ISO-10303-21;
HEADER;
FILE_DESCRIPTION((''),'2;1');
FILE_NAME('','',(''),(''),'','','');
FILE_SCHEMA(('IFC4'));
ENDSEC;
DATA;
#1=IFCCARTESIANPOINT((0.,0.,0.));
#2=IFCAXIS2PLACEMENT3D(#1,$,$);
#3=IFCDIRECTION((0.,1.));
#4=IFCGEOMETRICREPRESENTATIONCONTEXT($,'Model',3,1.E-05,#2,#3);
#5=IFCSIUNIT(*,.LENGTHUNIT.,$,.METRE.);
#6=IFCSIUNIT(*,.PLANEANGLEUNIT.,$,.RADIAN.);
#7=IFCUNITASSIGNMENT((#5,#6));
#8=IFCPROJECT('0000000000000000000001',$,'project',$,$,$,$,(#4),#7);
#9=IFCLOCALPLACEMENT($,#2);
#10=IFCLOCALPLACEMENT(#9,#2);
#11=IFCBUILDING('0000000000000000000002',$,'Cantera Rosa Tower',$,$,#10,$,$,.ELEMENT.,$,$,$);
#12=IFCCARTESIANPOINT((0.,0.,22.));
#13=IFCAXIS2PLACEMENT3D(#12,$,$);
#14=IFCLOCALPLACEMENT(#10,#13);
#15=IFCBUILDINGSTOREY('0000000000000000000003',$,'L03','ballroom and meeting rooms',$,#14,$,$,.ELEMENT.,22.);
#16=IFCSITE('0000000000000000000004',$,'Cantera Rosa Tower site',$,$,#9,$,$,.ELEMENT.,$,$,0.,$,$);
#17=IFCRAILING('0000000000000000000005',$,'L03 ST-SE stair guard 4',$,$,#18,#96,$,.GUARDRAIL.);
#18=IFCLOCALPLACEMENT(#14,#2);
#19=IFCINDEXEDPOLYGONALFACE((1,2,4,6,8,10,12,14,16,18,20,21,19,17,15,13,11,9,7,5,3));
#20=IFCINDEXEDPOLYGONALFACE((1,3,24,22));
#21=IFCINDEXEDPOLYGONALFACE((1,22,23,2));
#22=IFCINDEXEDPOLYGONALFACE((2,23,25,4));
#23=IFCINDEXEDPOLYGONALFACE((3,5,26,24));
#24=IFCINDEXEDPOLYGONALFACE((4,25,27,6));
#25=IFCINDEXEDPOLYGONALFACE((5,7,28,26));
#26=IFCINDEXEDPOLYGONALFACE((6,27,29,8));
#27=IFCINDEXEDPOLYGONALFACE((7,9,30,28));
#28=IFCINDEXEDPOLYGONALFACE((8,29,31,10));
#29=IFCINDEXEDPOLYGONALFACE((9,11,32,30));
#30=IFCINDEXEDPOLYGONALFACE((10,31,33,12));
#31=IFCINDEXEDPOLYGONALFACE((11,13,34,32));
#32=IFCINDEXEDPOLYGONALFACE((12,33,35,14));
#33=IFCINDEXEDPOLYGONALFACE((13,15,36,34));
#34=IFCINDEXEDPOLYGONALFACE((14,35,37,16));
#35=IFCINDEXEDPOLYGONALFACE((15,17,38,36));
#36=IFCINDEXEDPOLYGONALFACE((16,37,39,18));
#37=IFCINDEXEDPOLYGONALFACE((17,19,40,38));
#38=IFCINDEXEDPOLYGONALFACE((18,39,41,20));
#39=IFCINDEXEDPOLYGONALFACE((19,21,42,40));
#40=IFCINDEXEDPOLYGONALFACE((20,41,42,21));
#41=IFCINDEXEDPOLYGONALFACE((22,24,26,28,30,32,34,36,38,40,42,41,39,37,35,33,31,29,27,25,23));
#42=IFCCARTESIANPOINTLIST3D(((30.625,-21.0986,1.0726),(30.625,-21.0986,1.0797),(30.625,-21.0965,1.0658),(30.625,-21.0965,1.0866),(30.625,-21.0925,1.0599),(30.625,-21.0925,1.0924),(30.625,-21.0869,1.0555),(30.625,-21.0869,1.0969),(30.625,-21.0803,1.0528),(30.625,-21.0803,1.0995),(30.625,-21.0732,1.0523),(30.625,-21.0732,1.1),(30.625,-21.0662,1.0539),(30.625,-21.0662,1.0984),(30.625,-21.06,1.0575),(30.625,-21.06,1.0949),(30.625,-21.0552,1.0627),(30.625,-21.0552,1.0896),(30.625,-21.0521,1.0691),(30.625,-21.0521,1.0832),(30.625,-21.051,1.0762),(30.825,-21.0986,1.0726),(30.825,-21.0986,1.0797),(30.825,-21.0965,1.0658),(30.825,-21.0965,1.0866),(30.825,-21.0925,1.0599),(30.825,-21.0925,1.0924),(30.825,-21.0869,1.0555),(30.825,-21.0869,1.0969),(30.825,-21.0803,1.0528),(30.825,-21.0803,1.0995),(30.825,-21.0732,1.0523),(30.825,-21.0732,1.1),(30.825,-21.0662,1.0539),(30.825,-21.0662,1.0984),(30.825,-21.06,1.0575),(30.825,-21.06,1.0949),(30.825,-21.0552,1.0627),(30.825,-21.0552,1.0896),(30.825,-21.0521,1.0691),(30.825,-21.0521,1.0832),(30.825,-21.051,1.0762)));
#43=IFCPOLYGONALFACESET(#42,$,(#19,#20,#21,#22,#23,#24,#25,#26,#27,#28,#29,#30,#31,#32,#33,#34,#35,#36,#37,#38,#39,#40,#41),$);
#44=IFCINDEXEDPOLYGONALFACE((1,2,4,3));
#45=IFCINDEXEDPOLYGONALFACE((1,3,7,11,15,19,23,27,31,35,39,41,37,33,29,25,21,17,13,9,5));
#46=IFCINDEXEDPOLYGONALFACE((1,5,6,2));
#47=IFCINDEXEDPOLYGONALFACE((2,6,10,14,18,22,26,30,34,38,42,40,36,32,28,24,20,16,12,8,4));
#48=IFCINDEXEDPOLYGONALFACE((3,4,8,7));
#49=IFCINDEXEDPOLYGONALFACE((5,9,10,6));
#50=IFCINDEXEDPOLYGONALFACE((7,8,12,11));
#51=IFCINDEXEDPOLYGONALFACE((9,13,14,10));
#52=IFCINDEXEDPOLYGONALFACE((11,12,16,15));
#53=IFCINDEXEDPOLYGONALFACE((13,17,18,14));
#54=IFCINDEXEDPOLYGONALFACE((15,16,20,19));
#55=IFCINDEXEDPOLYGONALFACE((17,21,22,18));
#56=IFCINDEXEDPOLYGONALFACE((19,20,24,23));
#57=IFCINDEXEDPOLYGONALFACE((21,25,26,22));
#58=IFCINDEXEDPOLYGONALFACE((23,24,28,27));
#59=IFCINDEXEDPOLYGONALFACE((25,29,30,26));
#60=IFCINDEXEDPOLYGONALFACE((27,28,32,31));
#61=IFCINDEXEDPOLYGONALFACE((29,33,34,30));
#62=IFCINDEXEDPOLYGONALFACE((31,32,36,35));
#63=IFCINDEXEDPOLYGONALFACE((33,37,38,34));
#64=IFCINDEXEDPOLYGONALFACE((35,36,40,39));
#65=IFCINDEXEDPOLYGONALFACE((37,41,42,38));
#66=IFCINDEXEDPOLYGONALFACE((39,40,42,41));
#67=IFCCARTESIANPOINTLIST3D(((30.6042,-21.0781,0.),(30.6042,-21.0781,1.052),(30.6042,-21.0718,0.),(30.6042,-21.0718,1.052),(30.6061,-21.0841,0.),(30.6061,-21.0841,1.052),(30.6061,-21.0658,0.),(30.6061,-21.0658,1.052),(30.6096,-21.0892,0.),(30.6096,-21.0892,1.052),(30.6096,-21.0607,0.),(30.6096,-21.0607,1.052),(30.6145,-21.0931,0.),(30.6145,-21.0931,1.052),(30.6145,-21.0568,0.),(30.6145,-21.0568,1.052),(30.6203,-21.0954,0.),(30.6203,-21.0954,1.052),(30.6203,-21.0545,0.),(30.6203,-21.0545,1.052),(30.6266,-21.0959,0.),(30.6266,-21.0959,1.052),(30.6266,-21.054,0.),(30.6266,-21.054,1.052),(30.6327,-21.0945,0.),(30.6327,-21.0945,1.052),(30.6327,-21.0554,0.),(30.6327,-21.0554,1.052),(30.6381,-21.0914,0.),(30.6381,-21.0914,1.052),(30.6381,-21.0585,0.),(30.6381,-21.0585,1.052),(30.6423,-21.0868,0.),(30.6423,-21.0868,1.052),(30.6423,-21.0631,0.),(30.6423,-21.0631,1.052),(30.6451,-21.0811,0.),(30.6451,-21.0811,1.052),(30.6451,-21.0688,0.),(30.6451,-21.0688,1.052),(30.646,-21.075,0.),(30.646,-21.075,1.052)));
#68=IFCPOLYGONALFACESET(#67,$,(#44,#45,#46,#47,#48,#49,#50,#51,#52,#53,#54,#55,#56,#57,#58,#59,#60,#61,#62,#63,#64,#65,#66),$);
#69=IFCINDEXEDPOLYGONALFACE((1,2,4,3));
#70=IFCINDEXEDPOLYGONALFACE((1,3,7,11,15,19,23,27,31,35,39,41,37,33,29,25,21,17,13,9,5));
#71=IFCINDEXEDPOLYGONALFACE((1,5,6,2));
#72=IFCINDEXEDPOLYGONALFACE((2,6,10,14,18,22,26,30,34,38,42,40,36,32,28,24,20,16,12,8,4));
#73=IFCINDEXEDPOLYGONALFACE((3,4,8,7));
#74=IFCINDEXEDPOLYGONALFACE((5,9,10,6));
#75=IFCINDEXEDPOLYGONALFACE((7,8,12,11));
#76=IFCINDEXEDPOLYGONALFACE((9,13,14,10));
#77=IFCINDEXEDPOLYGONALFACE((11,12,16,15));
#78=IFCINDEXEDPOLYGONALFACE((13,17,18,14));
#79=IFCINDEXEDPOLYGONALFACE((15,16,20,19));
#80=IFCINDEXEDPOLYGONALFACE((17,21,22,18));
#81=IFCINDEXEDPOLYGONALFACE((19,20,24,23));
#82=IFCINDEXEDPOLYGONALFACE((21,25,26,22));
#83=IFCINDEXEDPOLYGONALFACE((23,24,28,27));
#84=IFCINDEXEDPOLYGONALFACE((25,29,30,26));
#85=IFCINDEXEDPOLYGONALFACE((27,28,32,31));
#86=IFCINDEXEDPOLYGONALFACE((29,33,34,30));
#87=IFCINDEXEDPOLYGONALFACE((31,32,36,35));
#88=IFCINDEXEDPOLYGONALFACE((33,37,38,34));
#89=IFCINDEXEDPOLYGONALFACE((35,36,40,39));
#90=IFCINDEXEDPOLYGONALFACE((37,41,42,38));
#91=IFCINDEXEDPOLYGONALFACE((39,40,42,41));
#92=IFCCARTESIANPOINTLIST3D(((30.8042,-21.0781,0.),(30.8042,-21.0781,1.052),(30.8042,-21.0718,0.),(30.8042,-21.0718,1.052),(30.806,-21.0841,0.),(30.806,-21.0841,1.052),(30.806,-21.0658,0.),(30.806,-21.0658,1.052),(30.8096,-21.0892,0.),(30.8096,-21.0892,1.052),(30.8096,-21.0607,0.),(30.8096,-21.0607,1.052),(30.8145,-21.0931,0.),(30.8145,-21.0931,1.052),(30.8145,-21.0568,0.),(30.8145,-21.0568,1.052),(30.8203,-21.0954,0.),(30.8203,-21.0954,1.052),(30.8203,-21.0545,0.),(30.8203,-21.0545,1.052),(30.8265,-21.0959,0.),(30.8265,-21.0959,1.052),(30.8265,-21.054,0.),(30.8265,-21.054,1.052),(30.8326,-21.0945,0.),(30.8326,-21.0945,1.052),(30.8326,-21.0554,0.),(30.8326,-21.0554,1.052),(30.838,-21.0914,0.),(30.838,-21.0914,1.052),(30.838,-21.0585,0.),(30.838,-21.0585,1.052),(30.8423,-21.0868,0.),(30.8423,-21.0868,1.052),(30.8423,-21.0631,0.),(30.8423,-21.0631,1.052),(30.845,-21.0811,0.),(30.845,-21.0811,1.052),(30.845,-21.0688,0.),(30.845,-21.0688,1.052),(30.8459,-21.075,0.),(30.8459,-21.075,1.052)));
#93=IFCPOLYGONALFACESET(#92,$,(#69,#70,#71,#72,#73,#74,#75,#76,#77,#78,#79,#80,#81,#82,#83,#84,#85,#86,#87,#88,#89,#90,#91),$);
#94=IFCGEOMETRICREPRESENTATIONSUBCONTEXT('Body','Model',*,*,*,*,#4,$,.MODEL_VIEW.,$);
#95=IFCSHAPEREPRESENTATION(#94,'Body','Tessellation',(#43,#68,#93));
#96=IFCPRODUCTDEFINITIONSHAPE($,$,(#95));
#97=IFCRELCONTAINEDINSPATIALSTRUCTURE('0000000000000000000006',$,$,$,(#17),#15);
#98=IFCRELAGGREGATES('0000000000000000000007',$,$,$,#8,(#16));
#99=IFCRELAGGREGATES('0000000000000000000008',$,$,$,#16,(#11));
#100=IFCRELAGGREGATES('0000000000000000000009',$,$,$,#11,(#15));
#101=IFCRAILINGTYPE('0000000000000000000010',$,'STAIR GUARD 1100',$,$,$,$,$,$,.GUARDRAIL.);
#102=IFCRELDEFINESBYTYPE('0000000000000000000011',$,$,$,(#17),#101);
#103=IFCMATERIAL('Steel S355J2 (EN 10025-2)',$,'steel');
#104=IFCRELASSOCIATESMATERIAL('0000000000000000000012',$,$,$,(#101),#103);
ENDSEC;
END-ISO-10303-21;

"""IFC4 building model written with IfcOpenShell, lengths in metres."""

from ifc_helpers import new_model, si_unit, direction, frame, origin, origin_2d, place, context, subcontext, project, spatial, circle, extrude, material, type_object, element, save


model = new_model("IFC4")

# Units and contexts
model_context = context("Model", 3, precision=1e-05, world=origin(), true_north=direction((0.0, 1.0)))
body_context = subcontext(model_context, "Body", "Model", "MODEL_VIEW")
ifc_project = project(units=[si_unit("LENGTHUNIT", "METRE"), si_unit("PLANEANGLEUNIT", "RADIAN")], contexts=[model_context])

# Site, building, storey
site_placement = place(None, origin())
site = spatial("IfcSite", under=ifc_project, at=site_placement, Name="Cantera Rosa Tower site", CompositionType="ELEMENT", RefElevation=0.0)
building_placement = place(site_placement, origin())
building = spatial("IfcBuilding", under=site, at=building_placement, Name="Cantera Rosa Tower", CompositionType="ELEMENT")
storey_placement = place(building_placement, frame((0.0, 0.0, 22.0)))
storey = spatial("IfcBuildingStorey", under=building, at=storey_placement, Name="L03", Description="ballroom and meeting rooms", CompositionType="ELEMENT", Elevation=22.0)

# Railing
ifc_material_1 = material(Name="Steel S355J2 (EN 10025-2)", Category="steel")
railing_type_1 = type_object("IfcRailingType", Name="STAIR GUARD 1100", PredefinedType="GUARDRAIL", material=ifc_material_1)
railing_1_placement = place(storey_placement, frame((30.625, -21.075, 0.0)))
element("IfcRailing", 1, at=railing_1_placement, inside=storey, type_object=railing_type_1, Name="L03 ST-SE stair guard 4", PredefinedType="GUARDRAIL", context=body_context, shape_type="SweptSolid", body=[
    extrude(circle(Radius=0.0239, at=origin_2d()), frame((0.0, 0.0, 1.0762), z_axis=(1.0, 0.0, 0.0), x_axis=(0.0, 1.0, 0.0)), (0.0, 0.0, 1.0), 0.2),
    extrude(circle(Radius=0.021, at=origin_2d()), origin(), (0.0, 0.0, 1.0), 1.052),
    extrude(circle(Radius=0.021, at=origin_2d()), frame((0.2, 0.0, 0.0)), (0.0, 0.0, 1.0), 1.052),
])

save(model, "model.ifc")
